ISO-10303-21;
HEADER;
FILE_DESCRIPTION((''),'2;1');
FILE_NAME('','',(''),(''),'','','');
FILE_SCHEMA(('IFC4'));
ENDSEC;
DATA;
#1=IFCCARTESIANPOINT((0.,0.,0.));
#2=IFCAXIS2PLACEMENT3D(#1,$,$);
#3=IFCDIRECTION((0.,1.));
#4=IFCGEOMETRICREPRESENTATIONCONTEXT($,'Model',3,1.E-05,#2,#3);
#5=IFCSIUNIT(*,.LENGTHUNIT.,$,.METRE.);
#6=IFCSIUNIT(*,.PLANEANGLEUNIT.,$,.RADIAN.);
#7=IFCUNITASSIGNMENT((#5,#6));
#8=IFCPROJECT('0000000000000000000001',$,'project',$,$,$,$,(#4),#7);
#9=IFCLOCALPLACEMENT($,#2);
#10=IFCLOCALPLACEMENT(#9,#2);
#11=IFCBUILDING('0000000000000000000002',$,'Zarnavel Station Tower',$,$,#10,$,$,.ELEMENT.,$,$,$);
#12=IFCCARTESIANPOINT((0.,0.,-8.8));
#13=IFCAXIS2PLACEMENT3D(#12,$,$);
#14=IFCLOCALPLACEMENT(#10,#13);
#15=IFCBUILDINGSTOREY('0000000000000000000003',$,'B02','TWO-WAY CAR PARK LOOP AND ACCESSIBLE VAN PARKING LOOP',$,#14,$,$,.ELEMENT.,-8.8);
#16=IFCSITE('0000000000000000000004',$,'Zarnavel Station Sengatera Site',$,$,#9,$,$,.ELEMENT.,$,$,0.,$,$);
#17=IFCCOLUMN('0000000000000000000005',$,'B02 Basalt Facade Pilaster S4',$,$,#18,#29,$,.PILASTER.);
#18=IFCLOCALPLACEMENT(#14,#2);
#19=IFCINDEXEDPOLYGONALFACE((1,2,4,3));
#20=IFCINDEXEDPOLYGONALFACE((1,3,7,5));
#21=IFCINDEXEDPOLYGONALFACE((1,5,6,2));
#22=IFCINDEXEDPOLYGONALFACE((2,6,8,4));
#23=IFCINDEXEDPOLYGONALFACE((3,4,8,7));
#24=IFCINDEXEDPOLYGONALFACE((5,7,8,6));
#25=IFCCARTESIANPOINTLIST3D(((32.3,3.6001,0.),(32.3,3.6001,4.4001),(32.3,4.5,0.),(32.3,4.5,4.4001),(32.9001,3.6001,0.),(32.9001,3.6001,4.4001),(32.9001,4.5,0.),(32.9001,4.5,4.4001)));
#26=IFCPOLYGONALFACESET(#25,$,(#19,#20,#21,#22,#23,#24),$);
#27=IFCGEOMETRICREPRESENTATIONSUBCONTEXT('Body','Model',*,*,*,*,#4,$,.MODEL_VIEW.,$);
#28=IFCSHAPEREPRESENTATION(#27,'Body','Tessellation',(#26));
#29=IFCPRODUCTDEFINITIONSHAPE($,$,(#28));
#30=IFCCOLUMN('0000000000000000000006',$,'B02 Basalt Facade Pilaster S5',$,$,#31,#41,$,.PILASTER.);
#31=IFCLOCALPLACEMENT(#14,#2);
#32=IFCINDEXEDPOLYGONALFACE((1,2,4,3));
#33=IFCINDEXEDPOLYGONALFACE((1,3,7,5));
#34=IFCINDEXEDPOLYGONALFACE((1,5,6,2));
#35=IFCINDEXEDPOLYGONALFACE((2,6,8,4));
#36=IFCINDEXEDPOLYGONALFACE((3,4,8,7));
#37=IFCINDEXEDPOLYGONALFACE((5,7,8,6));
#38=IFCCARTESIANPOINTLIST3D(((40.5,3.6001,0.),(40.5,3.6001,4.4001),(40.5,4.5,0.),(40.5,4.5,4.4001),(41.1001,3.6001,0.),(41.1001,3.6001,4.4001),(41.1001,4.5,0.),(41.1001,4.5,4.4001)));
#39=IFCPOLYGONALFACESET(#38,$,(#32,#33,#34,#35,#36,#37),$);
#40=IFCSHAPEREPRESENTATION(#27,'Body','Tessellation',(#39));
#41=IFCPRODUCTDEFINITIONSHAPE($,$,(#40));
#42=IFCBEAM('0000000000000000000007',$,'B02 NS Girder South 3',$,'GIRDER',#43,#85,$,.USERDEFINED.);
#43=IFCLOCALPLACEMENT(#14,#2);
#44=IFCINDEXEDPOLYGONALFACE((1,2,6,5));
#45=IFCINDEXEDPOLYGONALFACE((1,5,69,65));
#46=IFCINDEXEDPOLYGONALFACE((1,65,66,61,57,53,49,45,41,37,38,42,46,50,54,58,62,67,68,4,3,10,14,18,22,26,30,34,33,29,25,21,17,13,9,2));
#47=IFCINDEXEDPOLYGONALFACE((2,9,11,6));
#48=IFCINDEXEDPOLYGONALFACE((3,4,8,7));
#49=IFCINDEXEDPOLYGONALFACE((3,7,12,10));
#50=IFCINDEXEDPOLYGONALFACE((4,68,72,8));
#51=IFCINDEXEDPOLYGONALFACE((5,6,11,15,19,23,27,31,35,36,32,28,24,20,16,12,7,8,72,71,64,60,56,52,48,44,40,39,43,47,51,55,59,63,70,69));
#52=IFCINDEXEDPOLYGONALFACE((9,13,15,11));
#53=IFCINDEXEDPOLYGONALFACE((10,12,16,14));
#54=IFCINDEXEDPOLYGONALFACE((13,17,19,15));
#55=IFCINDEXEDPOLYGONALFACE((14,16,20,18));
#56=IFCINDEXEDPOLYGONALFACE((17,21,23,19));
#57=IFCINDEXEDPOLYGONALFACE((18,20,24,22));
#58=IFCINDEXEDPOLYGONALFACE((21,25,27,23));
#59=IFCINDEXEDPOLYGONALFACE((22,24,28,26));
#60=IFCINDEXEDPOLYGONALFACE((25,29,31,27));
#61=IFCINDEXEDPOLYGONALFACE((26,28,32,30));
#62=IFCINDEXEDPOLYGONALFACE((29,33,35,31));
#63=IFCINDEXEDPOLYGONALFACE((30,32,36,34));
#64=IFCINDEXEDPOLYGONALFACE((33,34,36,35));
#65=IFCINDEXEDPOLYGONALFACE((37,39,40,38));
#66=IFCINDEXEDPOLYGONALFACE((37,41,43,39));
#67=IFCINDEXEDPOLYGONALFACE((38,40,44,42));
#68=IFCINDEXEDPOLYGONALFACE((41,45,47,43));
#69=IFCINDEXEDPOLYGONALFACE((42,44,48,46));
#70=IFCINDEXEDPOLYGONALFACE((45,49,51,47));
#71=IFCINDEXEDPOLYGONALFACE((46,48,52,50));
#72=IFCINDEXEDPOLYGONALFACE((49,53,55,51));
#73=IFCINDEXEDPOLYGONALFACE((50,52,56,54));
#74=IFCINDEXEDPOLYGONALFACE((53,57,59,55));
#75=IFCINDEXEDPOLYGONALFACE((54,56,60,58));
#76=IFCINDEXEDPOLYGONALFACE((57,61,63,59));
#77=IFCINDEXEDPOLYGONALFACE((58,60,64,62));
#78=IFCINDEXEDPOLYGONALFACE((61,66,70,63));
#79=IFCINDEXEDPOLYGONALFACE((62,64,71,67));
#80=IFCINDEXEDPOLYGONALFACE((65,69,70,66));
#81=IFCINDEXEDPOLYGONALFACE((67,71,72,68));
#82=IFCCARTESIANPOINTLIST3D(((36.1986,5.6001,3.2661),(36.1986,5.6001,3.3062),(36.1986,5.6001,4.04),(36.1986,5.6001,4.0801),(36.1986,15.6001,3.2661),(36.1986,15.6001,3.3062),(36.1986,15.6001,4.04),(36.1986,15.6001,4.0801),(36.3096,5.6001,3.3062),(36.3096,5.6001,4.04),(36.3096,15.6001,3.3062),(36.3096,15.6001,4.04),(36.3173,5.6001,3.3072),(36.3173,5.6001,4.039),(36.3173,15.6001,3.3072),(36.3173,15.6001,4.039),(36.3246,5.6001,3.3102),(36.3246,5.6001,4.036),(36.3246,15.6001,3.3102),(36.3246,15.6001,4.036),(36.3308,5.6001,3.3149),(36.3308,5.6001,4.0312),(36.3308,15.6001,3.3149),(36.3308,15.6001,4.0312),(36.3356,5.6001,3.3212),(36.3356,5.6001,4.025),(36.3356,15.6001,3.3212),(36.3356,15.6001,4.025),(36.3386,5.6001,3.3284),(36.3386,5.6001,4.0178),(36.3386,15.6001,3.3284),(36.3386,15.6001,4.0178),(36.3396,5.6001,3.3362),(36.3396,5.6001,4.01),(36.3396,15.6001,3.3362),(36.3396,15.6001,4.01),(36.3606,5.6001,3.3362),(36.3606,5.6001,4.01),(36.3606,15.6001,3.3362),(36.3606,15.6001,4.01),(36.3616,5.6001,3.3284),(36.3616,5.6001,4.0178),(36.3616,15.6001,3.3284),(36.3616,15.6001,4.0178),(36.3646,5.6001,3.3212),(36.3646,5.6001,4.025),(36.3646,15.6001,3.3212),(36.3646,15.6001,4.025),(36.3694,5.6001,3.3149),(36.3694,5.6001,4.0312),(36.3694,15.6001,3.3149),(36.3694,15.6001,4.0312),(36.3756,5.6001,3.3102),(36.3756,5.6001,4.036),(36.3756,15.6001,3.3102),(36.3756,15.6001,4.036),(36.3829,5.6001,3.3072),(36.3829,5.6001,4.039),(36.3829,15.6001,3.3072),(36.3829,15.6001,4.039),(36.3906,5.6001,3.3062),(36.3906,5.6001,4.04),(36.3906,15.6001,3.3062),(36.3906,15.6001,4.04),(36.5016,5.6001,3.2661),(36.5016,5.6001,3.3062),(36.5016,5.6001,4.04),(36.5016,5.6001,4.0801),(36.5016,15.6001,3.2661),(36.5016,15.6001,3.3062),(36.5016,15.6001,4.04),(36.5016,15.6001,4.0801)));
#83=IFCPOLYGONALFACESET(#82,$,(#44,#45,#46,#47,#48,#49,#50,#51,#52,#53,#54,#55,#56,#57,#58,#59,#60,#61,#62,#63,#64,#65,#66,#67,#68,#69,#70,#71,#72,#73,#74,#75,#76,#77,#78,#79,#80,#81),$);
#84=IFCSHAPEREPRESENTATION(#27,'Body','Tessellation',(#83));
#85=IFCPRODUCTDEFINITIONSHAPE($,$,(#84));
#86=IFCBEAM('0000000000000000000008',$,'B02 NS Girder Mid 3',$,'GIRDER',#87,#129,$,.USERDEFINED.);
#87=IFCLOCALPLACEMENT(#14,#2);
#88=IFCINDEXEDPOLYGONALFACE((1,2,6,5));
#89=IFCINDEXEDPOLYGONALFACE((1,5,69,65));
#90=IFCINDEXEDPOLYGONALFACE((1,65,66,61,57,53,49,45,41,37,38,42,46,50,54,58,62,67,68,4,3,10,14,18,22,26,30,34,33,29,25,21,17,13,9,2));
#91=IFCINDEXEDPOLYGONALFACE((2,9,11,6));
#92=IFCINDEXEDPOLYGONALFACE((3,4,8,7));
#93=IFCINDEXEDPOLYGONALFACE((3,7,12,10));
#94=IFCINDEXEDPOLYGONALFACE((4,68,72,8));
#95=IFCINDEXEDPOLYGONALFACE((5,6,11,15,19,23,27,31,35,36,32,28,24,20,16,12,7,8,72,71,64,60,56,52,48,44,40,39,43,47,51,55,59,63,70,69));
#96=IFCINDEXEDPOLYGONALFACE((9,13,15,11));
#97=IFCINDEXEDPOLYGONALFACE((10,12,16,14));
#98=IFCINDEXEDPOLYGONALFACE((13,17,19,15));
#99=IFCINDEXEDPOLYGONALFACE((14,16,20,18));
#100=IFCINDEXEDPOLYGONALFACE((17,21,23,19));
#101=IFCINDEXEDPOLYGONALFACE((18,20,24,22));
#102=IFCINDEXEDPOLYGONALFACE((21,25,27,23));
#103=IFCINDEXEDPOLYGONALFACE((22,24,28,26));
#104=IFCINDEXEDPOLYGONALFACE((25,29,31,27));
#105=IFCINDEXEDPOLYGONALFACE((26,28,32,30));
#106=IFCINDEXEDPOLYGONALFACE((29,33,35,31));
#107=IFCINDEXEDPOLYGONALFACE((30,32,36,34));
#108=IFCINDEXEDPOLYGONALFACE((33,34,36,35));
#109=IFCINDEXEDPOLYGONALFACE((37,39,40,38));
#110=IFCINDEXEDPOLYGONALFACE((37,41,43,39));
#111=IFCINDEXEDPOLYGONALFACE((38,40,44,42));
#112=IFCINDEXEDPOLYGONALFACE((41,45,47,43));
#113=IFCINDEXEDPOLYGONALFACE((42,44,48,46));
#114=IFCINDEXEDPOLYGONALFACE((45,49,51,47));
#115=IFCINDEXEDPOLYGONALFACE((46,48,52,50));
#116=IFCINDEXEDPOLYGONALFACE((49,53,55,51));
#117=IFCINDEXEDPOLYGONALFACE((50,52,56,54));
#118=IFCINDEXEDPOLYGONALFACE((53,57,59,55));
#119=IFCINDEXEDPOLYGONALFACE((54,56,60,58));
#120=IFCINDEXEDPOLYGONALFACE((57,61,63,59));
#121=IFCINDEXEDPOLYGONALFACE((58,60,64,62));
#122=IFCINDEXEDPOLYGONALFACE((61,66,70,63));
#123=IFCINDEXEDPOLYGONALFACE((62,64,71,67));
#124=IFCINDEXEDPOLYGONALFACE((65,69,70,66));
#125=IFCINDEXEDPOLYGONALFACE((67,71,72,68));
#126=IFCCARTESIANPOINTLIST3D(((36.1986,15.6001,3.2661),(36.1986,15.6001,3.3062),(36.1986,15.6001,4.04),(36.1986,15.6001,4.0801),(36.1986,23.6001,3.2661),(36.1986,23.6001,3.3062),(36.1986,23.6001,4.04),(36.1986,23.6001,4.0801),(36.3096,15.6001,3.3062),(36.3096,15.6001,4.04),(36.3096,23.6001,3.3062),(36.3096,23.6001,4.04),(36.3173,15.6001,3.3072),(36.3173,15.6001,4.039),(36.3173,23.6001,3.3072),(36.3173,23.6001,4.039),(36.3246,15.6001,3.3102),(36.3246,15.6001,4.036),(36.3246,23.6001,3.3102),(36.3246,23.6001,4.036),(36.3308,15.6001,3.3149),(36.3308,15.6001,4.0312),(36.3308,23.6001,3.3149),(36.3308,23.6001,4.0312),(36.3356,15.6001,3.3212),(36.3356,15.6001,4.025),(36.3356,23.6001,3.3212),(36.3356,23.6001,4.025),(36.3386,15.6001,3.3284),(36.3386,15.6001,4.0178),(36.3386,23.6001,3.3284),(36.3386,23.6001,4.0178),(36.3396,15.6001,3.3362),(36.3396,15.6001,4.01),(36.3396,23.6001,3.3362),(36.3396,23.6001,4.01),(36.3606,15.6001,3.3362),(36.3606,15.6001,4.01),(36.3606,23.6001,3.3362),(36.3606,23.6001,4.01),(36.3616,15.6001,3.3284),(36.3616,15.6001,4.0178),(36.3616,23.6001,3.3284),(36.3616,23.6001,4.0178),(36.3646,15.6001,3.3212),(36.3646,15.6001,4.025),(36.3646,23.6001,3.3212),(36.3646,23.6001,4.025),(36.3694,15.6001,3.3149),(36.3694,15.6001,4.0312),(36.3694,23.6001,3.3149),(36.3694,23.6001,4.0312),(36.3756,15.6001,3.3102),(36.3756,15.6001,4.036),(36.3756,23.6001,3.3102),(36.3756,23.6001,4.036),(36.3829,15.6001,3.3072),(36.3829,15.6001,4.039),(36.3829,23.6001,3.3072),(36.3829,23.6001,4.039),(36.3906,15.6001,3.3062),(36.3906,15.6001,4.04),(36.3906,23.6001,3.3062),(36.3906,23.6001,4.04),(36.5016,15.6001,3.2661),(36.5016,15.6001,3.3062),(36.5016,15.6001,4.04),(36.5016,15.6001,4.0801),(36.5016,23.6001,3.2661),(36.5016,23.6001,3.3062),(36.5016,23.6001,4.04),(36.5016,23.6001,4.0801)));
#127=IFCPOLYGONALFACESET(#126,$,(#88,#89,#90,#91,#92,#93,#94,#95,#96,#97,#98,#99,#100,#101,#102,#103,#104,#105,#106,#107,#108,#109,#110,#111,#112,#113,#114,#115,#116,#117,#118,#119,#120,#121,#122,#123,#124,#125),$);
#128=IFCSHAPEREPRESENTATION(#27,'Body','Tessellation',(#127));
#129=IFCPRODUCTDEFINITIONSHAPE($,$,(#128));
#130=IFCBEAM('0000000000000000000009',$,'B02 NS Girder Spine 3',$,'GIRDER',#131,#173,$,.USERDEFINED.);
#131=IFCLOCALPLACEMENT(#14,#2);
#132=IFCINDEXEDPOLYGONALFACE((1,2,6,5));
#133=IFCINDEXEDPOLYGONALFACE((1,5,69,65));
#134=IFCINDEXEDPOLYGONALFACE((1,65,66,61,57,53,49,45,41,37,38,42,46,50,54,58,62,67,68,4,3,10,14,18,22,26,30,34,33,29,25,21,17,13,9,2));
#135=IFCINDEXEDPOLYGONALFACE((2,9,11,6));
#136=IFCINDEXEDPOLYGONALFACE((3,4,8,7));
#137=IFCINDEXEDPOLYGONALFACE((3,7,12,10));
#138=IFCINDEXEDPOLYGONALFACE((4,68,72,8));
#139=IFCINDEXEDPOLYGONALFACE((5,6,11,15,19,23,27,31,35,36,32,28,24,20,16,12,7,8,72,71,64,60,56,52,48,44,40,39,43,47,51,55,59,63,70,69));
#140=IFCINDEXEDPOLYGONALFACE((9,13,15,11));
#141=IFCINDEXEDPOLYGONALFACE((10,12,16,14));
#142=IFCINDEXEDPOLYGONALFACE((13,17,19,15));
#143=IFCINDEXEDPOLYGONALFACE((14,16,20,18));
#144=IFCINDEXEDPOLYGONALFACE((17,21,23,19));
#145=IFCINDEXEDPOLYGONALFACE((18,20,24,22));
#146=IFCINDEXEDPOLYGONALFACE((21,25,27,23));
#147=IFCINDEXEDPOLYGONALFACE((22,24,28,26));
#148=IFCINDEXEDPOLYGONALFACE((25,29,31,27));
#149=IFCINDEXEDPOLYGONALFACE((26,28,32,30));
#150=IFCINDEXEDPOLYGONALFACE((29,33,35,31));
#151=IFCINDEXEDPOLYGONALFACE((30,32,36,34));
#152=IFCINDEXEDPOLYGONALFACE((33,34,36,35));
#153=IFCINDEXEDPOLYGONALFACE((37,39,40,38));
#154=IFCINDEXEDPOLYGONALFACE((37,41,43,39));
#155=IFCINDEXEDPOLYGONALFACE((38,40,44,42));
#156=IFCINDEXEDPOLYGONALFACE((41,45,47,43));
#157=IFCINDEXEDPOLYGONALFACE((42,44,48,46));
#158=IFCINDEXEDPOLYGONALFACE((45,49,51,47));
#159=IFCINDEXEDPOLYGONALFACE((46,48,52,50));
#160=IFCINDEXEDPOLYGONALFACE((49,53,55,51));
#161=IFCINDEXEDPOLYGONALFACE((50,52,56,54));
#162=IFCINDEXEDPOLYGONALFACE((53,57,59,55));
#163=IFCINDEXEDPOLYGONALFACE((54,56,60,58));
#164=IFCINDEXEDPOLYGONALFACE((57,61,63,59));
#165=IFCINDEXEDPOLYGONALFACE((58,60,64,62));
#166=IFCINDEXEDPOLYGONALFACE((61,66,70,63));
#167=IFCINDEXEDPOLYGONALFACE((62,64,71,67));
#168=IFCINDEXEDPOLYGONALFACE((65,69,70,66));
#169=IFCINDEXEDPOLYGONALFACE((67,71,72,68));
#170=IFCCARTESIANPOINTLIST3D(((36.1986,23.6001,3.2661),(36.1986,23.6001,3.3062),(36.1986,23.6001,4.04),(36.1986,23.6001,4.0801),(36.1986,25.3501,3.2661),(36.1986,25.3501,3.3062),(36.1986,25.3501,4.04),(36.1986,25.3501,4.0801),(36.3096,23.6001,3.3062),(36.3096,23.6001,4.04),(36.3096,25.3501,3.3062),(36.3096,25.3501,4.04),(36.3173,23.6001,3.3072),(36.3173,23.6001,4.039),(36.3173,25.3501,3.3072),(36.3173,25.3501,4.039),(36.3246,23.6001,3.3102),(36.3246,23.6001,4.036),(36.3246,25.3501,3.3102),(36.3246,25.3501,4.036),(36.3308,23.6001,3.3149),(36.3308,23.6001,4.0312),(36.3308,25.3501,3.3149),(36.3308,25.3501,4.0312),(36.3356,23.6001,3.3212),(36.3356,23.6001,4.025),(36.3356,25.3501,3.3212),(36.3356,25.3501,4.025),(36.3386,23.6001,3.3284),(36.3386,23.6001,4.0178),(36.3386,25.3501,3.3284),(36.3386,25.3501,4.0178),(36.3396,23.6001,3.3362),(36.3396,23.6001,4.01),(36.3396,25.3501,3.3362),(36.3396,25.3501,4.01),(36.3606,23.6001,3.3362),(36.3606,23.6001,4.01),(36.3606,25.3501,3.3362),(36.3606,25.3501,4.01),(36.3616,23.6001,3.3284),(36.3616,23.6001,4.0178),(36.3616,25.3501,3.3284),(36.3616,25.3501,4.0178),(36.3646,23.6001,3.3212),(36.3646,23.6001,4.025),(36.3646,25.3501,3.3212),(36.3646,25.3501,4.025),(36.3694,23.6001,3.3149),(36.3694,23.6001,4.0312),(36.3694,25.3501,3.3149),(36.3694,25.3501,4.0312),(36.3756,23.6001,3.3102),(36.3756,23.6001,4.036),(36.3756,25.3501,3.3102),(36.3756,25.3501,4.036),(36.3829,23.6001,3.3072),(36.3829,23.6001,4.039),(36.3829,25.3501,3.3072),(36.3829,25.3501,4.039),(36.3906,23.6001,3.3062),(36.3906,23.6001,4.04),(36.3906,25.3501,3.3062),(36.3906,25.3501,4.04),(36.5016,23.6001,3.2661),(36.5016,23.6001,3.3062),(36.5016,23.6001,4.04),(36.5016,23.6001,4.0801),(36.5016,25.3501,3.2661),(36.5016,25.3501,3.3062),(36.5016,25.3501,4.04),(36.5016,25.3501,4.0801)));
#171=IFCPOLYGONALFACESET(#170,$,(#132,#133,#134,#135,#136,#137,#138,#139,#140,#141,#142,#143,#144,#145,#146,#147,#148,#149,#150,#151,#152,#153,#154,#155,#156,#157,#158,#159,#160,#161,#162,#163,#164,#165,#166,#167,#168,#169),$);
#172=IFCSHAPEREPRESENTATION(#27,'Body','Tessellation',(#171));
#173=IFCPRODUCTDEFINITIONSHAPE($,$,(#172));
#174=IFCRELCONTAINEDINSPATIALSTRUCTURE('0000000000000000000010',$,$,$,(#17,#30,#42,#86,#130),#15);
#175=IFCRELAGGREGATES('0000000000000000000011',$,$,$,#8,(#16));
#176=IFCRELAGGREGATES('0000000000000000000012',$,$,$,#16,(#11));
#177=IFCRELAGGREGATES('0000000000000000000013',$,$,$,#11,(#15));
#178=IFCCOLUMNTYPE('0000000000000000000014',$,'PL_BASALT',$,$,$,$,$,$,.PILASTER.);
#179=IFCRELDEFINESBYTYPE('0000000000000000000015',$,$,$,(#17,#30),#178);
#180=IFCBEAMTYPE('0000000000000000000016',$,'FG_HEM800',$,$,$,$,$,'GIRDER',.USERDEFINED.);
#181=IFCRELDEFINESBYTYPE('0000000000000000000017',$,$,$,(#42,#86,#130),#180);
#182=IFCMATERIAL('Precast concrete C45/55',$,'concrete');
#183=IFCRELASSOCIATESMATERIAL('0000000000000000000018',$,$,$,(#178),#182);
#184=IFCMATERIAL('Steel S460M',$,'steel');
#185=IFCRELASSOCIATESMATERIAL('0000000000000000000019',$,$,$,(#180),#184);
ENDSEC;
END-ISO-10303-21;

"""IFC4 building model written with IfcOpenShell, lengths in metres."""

from ifc_helpers import new_model, si_unit, direction, frame, origin, origin_2d, place, context, subcontext, project, spatial, rectangle, i_section, extrude, material, material_profile, profile_set, type_object, element, save


model = new_model("IFC4")

# Units and contexts
model_context = context("Model", 3, precision=1e-05, world=origin(), true_north=direction((0.0, 1.0)))
body_context = subcontext(model_context, "Body", "Model", "MODEL_VIEW")
ifc_project = project(units=[si_unit("LENGTHUNIT", "METRE"), si_unit("PLANEANGLEUNIT", "RADIAN")], contexts=[model_context])

# Site, building, storey
site_placement = place(None, origin())
site = spatial("IfcSite", under=ifc_project, at=site_placement, Name="Zarnavel Station Sengatera Site", CompositionType="ELEMENT", RefElevation=0.0)
building_placement = place(site_placement, origin())
building = spatial("IfcBuilding", under=site, at=building_placement, Name="Zarnavel Station Tower", CompositionType="ELEMENT")
storey_placement = place(building_placement, frame((0.0, 0.0, -8.8)))
storey = spatial("IfcBuildingStorey", under=building, at=storey_placement, Name="B02", Description="TWO-WAY CAR PARK LOOP AND ACCESSIBLE VAN PARKING LOOP", CompositionType="ELEMENT", Elevation=-8.8)

# Columns
ifc_material_1 = material(Name="Precast concrete C45/55", Category="concrete")
ifc_material_profile_1 = material_profile(ifc_material_1, rectangle(XDim=0.6001, YDim=0.8999, at=origin_2d()), Name="RC600x900")
ifc_profile_set_1 = profile_set([ifc_material_profile_1], Name="Precast concrete C45/55")
column_type_1 = type_object("IfcColumnType", Name="PL_BASALT", PredefinedType="PILASTER", material=ifc_profile_set_1)
for number, where, z_axis, x_axis, name in (
    (1, (32.6001, 4.05, 0.0), (0.0, 0.0, 1.0), (1.0, 0.0, 0.0), "B02 Basalt Facade Pilaster S4"),
    (2, (40.8, 4.05, 0.0), (0.0, 0.0, 1.0), (1.0, 0.0, 0.0), "B02 Basalt Facade Pilaster S5"),
):
    element("IfcColumn", number, at=place(storey_placement, frame(where, z_axis=z_axis, x_axis=x_axis)), inside=storey, type_object=column_type_1, Name=name, PredefinedType="PILASTER", context=body_context, shape_type="SweptSolid", body=[
        extrude(rectangle(XDim=0.6001, YDim=0.8999, at=origin_2d()), origin(), (0.0, 0.0, 1.0), 4.4001),
    ])

# Beams
ifc_material_2 = material(Name="Steel S460M", Category="steel")
ifc_material_profile_2 = material_profile(ifc_material_2, i_section(OverallWidth=0.303, OverallDepth=0.814, WebThickness=0.021, FlangeThickness=0.04, FilletRadius=0.03, at=origin_2d()), Name="HEM800")
ifc_profile_set_2 = profile_set([ifc_material_profile_2], Name="Steel S460M")
beam_type_1 = type_object("IfcBeamType", Name="FG_HEM800", ElementType="GIRDER", PredefinedType="USERDEFINED", material=ifc_profile_set_2)
beam_1_placement = place(storey_placement, frame((36.3501, 5.6001, 3.6731), z_axis=(0.0, 1.0, 0.0), x_axis=(-1.0, 0.0, 0.0)))
element("IfcBeam", 3, at=beam_1_placement, inside=storey, type_object=beam_type_1, Name="B02 NS Girder South 3", ObjectType="GIRDER", PredefinedType="USERDEFINED", context=body_context, shape_type="SweptSolid", body=[
    extrude(i_section(OverallWidth=0.303, OverallDepth=0.814, WebThickness=0.021, FlangeThickness=0.04, FilletRadius=0.03, at=origin_2d()), origin(), (0.0, 0.0, 1.0), 10.0),
])
beam_2_placement = place(storey_placement, frame((36.3501, 15.6001, 3.6731), z_axis=(0.0, 1.0, 0.0), x_axis=(-1.0, 0.0, 0.0)))
element("IfcBeam", 4, at=beam_2_placement, inside=storey, type_object=beam_type_1, Name="B02 NS Girder Mid 3", ObjectType="GIRDER", PredefinedType="USERDEFINED", context=body_context, shape_type="SweptSolid", body=[
    extrude(i_section(OverallWidth=0.303, OverallDepth=0.814, WebThickness=0.021, FlangeThickness=0.04, FilletRadius=0.03, at=origin_2d()), origin(), (0.0, 0.0, 1.0), 8.0),
])
beam_3_placement = place(storey_placement, frame((36.3501, 23.6001, 3.6731), z_axis=(0.0, 1.0, 0.0), x_axis=(-1.0, 0.0, 0.0)))
element("IfcBeam", 5, at=beam_3_placement, inside=storey, type_object=beam_type_1, Name="B02 NS Girder Spine 3", ObjectType="GIRDER", PredefinedType="USERDEFINED", context=body_context, shape_type="SweptSolid", body=[
    extrude(i_section(OverallWidth=0.303, OverallDepth=0.814, WebThickness=0.021, FlangeThickness=0.04, FilletRadius=0.03, at=origin_2d()), origin(), (0.0, 0.0, 1.0), 1.75),
])

save(model, "model.ifc")
